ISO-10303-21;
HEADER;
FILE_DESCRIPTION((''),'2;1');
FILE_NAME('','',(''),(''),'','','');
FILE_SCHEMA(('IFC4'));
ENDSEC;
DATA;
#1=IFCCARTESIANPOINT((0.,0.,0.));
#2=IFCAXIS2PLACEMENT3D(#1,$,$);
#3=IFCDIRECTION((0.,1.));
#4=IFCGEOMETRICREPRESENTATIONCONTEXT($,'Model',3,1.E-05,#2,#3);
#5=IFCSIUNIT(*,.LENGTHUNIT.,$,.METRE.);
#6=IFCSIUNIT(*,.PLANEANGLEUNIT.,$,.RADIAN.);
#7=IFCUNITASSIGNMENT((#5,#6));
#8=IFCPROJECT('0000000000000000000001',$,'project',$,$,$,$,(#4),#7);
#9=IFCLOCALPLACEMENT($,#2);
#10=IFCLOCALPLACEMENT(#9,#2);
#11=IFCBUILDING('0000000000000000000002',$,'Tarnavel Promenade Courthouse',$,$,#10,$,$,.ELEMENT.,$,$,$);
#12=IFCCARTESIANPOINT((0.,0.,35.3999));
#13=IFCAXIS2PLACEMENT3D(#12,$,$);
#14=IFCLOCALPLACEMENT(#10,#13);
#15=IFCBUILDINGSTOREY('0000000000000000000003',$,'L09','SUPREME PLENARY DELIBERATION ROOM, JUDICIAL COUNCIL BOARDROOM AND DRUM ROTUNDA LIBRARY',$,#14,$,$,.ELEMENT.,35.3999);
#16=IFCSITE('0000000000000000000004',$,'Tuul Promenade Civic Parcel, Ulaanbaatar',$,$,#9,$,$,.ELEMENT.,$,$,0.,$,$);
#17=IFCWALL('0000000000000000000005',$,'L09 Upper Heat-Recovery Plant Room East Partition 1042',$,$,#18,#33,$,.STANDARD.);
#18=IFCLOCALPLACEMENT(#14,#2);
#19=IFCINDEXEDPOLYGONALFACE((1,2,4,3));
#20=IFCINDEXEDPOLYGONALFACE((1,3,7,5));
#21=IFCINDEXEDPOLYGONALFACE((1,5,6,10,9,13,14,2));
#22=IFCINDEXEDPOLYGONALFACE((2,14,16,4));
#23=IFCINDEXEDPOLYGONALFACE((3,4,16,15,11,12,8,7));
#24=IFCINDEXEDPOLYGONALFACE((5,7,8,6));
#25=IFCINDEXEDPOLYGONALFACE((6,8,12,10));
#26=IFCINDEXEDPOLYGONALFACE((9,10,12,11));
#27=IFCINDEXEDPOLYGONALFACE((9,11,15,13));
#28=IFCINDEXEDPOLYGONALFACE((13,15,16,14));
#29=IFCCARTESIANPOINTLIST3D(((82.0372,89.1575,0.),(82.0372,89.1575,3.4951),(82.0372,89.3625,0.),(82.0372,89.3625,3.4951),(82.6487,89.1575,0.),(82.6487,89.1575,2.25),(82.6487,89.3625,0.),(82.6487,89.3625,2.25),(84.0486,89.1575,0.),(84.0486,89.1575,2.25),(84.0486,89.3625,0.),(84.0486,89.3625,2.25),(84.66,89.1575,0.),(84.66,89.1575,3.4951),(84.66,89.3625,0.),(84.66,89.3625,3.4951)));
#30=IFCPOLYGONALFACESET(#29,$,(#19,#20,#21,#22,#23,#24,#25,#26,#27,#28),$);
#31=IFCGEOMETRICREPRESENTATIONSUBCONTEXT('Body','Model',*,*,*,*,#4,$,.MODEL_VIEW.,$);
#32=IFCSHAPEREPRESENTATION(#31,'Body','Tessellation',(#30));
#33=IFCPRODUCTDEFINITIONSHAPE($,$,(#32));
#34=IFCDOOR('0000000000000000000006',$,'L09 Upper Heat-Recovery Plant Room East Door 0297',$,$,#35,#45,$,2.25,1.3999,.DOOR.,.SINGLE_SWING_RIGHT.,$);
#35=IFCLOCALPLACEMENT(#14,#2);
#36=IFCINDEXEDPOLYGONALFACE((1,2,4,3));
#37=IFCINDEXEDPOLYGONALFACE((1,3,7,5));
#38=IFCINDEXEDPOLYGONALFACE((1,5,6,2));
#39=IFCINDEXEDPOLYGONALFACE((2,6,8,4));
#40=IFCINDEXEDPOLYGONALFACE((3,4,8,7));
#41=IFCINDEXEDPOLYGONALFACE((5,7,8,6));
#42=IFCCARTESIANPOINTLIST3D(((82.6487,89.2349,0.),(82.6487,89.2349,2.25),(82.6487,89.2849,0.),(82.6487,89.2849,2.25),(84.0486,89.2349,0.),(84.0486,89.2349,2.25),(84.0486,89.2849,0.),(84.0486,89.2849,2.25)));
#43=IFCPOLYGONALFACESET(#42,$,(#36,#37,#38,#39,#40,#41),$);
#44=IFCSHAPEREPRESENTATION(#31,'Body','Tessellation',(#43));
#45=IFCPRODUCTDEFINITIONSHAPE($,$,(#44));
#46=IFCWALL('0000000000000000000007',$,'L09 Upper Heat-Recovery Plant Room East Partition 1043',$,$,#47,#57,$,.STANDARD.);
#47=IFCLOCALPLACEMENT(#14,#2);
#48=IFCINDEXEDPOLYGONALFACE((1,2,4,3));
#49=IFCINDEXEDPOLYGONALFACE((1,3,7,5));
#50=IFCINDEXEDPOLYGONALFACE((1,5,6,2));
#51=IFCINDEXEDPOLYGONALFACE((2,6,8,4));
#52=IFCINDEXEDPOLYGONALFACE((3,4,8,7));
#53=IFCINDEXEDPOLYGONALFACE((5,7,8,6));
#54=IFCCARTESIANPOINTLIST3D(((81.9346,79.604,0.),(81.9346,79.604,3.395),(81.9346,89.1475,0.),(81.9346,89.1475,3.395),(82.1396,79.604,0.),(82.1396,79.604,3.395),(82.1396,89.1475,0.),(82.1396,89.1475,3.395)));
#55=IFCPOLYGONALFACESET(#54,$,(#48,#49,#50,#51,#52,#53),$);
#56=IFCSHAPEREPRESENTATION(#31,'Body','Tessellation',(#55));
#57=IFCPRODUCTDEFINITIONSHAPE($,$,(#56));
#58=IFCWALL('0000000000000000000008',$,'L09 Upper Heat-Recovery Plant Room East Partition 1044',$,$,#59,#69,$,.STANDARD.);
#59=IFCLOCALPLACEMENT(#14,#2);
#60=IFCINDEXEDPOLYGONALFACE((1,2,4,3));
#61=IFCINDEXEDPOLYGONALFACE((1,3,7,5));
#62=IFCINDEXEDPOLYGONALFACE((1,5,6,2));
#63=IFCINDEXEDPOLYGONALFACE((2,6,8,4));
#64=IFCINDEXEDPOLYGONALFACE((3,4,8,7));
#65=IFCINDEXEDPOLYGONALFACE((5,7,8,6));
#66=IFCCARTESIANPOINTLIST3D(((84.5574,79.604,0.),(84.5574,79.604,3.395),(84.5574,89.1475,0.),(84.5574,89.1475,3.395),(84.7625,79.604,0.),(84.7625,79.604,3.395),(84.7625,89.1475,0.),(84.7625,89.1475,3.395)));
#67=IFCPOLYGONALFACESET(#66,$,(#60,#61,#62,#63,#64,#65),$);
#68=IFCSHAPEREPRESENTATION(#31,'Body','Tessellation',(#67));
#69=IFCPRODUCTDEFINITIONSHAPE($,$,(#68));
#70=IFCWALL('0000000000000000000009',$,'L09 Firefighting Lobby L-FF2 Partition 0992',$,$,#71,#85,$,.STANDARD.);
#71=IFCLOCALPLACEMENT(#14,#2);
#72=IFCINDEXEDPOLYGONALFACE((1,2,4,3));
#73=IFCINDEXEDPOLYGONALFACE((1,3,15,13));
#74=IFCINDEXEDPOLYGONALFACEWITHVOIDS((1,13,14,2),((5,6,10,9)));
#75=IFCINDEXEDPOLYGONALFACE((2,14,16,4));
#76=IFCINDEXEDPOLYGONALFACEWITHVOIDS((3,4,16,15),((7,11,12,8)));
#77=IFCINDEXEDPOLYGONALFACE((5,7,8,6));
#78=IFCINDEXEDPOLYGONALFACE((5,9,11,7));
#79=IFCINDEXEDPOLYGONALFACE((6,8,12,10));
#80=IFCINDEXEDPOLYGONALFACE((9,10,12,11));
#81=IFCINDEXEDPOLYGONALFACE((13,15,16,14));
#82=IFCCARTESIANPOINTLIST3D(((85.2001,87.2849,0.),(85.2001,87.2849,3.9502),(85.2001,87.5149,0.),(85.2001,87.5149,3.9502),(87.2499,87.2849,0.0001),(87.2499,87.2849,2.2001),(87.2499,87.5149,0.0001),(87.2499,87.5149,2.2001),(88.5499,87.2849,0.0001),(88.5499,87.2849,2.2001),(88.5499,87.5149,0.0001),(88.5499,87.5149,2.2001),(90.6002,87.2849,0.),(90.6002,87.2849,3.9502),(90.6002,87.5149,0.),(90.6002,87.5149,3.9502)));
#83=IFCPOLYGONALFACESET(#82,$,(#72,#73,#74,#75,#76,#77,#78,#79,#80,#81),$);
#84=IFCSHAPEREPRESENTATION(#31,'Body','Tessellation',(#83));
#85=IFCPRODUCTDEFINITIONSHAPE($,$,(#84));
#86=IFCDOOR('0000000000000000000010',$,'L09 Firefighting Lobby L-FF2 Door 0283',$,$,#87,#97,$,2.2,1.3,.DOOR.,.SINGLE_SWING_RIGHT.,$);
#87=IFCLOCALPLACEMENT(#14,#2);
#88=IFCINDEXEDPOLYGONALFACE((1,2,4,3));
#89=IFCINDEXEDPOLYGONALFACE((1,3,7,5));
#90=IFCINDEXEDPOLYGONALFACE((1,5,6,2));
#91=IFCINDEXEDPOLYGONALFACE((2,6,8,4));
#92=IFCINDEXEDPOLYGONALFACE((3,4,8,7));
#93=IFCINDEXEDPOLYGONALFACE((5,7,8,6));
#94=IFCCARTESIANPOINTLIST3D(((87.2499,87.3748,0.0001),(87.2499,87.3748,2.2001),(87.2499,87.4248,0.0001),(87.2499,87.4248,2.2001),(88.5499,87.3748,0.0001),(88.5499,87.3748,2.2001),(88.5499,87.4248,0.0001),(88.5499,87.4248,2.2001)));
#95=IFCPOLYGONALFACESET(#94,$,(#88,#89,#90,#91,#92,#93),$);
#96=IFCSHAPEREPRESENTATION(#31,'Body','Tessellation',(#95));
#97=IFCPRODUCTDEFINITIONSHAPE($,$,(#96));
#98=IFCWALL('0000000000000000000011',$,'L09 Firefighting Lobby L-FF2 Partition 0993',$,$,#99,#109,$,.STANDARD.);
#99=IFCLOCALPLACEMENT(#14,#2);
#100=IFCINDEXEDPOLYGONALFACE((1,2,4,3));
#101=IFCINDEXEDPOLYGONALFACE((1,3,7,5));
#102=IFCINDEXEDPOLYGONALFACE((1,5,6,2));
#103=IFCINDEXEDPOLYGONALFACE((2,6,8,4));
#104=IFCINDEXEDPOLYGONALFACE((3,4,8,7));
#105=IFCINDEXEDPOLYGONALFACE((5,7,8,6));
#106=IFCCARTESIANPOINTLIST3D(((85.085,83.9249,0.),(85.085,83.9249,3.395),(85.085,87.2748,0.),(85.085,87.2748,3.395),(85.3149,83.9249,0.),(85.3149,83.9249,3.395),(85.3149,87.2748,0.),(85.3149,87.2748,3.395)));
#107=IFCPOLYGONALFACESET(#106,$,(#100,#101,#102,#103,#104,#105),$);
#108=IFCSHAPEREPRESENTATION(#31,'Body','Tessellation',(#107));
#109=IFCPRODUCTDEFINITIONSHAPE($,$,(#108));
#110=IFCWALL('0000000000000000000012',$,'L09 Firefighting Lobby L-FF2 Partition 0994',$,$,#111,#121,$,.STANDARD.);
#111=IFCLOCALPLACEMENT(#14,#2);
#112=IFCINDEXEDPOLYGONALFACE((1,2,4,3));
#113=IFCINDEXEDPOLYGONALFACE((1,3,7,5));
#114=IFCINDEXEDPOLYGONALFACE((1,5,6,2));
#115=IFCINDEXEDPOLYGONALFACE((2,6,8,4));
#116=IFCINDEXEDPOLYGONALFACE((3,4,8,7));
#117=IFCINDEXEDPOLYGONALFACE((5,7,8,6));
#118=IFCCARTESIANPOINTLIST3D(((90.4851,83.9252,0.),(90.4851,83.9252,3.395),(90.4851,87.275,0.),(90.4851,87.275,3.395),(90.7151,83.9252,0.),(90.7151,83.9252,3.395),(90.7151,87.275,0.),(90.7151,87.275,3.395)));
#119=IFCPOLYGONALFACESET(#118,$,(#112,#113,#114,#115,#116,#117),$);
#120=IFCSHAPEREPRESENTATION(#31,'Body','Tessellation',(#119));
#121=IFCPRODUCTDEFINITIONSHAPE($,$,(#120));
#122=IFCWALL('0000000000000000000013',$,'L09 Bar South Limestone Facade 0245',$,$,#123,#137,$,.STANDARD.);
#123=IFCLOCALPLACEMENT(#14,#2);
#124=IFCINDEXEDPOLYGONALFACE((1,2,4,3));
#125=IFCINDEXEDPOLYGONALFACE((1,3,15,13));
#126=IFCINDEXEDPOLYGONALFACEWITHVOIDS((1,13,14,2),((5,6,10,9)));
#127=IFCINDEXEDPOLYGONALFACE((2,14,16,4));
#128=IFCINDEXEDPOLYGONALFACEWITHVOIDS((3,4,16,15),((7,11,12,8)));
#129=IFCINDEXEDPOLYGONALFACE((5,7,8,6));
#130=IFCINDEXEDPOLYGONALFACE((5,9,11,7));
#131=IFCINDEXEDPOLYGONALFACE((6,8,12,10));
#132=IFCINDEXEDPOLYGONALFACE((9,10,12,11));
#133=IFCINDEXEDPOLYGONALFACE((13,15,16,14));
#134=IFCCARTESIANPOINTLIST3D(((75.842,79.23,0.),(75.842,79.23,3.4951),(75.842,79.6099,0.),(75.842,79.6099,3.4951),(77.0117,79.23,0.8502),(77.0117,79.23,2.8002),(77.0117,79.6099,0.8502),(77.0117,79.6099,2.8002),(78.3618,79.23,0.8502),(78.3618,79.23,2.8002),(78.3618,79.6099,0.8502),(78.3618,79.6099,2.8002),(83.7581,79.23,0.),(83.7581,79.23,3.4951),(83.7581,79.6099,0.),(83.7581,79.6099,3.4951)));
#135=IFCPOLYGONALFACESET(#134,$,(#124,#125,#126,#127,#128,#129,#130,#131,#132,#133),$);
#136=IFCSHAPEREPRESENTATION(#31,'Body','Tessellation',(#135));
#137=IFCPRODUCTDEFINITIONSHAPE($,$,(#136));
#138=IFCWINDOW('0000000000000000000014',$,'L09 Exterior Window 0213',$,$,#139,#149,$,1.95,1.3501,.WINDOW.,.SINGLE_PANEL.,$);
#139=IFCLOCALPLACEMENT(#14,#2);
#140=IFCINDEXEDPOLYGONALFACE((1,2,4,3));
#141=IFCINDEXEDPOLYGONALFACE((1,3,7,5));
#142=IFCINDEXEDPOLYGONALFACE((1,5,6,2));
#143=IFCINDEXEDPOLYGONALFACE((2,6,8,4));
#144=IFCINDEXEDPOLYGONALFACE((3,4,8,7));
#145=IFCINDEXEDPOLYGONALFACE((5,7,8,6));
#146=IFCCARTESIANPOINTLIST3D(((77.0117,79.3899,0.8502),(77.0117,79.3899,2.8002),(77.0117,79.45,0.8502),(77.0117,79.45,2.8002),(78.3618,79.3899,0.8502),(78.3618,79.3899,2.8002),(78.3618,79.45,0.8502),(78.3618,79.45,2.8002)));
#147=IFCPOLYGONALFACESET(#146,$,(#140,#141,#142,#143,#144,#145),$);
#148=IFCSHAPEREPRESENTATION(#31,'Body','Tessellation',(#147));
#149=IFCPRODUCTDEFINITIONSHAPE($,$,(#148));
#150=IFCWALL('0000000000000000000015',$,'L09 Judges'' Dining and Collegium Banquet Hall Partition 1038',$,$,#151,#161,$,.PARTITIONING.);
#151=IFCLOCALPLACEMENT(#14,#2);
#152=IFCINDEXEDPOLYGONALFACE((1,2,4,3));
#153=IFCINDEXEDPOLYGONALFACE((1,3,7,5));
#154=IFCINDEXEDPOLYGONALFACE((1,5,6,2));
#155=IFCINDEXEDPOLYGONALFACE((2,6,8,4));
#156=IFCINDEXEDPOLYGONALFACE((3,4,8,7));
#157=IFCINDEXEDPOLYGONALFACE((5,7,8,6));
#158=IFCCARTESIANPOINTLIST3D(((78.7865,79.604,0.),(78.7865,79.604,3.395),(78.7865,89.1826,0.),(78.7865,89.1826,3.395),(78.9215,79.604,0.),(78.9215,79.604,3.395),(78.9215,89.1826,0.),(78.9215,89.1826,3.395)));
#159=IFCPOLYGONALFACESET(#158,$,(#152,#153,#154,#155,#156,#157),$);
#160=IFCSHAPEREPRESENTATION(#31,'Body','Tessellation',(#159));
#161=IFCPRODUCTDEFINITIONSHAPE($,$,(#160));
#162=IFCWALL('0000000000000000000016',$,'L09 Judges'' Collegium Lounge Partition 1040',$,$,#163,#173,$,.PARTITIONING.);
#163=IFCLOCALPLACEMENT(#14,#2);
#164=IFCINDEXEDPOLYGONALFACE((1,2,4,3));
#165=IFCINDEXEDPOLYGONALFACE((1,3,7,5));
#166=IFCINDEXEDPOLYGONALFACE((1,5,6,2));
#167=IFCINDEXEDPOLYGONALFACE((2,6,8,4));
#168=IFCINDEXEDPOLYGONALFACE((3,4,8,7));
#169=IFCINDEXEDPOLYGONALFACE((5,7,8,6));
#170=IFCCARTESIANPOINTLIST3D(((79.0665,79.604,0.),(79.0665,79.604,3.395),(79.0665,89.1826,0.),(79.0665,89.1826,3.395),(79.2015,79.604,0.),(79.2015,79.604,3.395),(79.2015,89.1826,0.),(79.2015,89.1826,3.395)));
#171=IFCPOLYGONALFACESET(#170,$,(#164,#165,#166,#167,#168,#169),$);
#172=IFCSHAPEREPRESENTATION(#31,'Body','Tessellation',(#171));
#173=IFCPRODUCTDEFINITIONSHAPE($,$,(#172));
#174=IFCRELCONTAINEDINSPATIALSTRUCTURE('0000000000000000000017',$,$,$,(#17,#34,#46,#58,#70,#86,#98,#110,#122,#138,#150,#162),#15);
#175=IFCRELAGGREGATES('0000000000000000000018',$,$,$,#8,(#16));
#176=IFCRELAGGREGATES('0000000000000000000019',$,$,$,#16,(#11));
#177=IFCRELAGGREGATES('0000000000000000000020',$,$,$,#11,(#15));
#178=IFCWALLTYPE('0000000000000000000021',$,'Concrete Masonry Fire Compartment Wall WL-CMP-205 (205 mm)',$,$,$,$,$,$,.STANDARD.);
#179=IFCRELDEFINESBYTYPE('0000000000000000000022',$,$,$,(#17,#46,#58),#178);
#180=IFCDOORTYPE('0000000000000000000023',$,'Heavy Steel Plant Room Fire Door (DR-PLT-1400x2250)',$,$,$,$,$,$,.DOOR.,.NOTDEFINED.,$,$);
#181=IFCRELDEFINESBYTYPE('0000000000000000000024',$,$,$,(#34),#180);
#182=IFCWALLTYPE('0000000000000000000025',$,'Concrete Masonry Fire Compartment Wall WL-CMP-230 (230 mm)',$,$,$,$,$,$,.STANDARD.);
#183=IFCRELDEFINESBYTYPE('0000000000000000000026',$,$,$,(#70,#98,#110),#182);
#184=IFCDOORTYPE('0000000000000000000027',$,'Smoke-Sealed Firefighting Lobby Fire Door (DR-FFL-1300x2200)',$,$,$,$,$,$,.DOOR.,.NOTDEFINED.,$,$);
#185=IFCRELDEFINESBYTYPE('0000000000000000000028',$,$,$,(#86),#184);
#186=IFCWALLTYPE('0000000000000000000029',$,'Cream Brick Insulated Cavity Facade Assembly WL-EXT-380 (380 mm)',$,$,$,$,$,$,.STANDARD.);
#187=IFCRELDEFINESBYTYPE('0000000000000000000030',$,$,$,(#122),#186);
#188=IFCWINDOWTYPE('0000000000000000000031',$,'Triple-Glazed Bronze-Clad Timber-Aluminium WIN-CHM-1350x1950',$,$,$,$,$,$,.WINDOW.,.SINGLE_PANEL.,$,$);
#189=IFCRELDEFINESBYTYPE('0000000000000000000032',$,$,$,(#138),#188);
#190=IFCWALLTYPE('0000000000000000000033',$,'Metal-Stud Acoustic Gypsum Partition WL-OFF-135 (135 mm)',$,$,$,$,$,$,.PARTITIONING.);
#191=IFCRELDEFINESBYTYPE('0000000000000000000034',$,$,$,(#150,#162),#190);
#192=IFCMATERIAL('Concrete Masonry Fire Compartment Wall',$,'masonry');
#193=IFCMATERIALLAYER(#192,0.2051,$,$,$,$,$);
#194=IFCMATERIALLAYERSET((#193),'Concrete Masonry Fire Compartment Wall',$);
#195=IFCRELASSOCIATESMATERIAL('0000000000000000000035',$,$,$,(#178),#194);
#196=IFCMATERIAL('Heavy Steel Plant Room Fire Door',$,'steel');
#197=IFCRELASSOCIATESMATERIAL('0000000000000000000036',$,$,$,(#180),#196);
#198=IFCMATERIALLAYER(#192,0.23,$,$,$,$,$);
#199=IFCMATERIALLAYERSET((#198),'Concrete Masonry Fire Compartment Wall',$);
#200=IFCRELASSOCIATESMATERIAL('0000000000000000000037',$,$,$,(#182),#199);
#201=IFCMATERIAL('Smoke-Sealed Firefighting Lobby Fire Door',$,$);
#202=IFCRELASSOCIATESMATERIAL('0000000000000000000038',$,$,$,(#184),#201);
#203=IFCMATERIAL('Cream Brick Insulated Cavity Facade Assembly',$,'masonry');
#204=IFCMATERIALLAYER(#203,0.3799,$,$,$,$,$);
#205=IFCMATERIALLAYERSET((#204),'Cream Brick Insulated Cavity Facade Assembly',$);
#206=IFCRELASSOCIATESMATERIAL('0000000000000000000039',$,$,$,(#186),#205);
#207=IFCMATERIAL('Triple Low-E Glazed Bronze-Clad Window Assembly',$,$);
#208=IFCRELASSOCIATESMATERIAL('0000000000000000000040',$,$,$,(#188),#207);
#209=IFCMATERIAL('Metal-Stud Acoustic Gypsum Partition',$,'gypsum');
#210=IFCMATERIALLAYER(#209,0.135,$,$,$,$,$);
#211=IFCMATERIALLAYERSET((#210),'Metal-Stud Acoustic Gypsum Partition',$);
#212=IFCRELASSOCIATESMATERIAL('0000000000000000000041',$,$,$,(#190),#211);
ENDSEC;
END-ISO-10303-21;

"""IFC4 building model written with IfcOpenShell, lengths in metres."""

from ifc_helpers import new_model, si_unit, direction, frame, frame_2d, origin, place, context, subcontext, project, spatial, rectangle, extrude, material, layer, layer_set, type_object, element, fill, save


model = new_model("IFC4")

# Units and contexts
model_context = context("Model", 3, precision=1e-05, world=origin(), true_north=direction((0.0, 1.0)))
body_context = subcontext(model_context, "Body", "Model", "MODEL_VIEW")
ifc_project = project(units=[si_unit("LENGTHUNIT", "METRE"), si_unit("PLANEANGLEUNIT", "RADIAN")], contexts=[model_context])

# Site, building, storey
site_placement = place(None, origin())
site = spatial("IfcSite", under=ifc_project, at=site_placement, Name="Tuul Promenade Civic Parcel, Ulaanbaatar", CompositionType="ELEMENT", RefElevation=0.0)
building_placement = place(site_placement, origin())
building = spatial("IfcBuilding", under=site, at=building_placement, Name="Tarnavel Promenade Courthouse", CompositionType="ELEMENT")
storey_placement = place(building_placement, frame((0.0, 0.0, 35.3999)))
storey = spatial("IfcBuildingStorey", under=building, at=storey_placement, Name="L09", Description="SUPREME PLENARY DELIBERATION ROOM, JUDICIAL COUNCIL BOARDROOM AND DRUM ROTUNDA LIBRARY", CompositionType="ELEMENT", Elevation=35.3999)

# Wall, opening, door
ifc_material_1 = material(Name="Concrete Masonry Fire Compartment Wall", Category="masonry")
ifc_layer_1 = layer(ifc_material_1, 0.2051)
ifc_layer_set_1 = layer_set([ifc_layer_1], Name="Concrete Masonry Fire Compartment Wall")
wall_type_1 = type_object("IfcWallType", Name="Concrete Masonry Fire Compartment Wall WL-CMP-205 (205 mm)", PredefinedType="STANDARD", material=ifc_layer_set_1)
wall_1_placement = place(storey_placement, frame((82.0371, 89.26, 0.0), z_axis=(0.0, 0.0, 1.0), x_axis=(1.0, 0.0, 0.0)))
wall_1 = element("IfcWall", 1, at=wall_1_placement, inside=storey, type_object=wall_type_1, Name="L09 Upper Heat-Recovery Plant Room East Partition 1042", PredefinedType="STANDARD", context=body_context, shape_type="SweptSolid", body=[
    extrude(rectangle(XDim=2.6228, YDim=0.2051, at=frame_2d((1.3115, 0.0))), origin(), (0.0, 0.0, 1.0), 3.4951),
])
opening_1_placement = place(wall_1_placement, frame((0.6116, 0.0, 0.0)))
opening_1 = element("IfcOpeningElement", 2, at=opening_1_placement, cuts=wall_1, PredefinedType="OPENING", context=body_context, shape_type="SweptSolid", body=[
    extrude(rectangle(XDim=1.3999, YDim=2.25, at=frame_2d((0.7, 1.125))), frame((0.0, 0.1125, 0.0), z_axis=(0.0, -1.0, 0.0), x_axis=(1.0, 0.0, 0.0)), (0.0, 0.0, 1.0), 0.2251),
])
ifc_material_2 = material(Name="Heavy Steel Plant Room Fire Door", Category="steel")
door_type_1 = type_object("IfcDoorType", Name="Heavy Steel Plant Room Fire Door (DR-PLT-1400x2250)", OperationType="NOTDEFINED", PredefinedType="DOOR", material=ifc_material_2)
door_1_placement = place(opening_1_placement, origin())
door_1 = element("IfcDoor", 3, at=door_1_placement, inside=storey, type_object=door_type_1, Name="L09 Upper Heat-Recovery Plant Room East Door 0297", OperationType="SINGLE_SWING_RIGHT", OverallHeight=2.25, OverallWidth=1.3999, PredefinedType="DOOR", context=body_context, shape_type="SweptSolid", body=[
    extrude(rectangle(XDim=1.3999, YDim=2.25, at=frame_2d((0.7, 1.125))), frame((0.0, 0.0249, 0.0), z_axis=(0.0, -1.0, 0.0), x_axis=(1.0, 0.0, 0.0)), (0.0, 0.0, 1.0), 0.05),
])
fill(opening_1, door_1)

# Walls
for number, where, z_axis, x_axis, name in (
    (4, (82.0371, 79.604, 0.0), (0.0, 0.0, 1.0), (0.0, 1.0, 0.0), "L09 Upper Heat-Recovery Plant Room East Partition 1043"),
    (5, (84.6599, 89.1475, 0.0), (0.0, 0.0, 1.0), (0.0, -1.0, 0.0), "L09 Upper Heat-Recovery Plant Room East Partition 1044"),
):
    element("IfcWall", number, at=place(storey_placement, frame(where, z_axis=z_axis, x_axis=x_axis)), inside=storey, type_object=wall_type_1, Name=name, PredefinedType="STANDARD", context=body_context, shape_type="SweptSolid", body=[
        extrude(rectangle(XDim=9.5435, YDim=0.2051, at=frame_2d((4.7717, 0.0))), origin(), (0.0, 0.0, 1.0), 3.395),
    ])

# Wall, opening, door
ifc_layer_2 = layer(ifc_material_1, 0.23)
ifc_layer_set_2 = layer_set([ifc_layer_2], Name="Concrete Masonry Fire Compartment Wall")
wall_type_2 = type_object("IfcWallType", Name="Concrete Masonry Fire Compartment Wall WL-CMP-230 (230 mm)", PredefinedType="STANDARD", material=ifc_layer_set_2)
wall_2_placement = place(storey_placement, frame((85.2, 87.3999, 0.0), z_axis=(0.0, 0.0, 1.0), x_axis=(1.0, 0.0, 0.0)))
wall_2 = element("IfcWall", 6, at=wall_2_placement, inside=storey, type_object=wall_type_2, Name="L09 Firefighting Lobby L-FF2 Partition 0992", PredefinedType="STANDARD", context=body_context, shape_type="SweptSolid", body=[
    extrude(rectangle(XDim=5.4001, YDim=0.23, at=frame_2d((2.7002, 0.0))), origin(), (0.0, 0.0, 1.0), 3.9502),
])
opening_2_placement = place(wall_2_placement, frame((2.05, 0.0, 0.0)))
opening_2 = element("IfcOpeningElement", 7, at=opening_2_placement, cuts=wall_2, PredefinedType="OPENING", context=body_context, shape_type="SweptSolid", body=[
    extrude(rectangle(XDim=1.3, YDim=2.2, at=frame_2d((0.6499, 1.1001))), frame((0.0, 0.125, 0.0), z_axis=(0.0, -1.0, 0.0), x_axis=(1.0, 0.0, 0.0)), (0.0, 0.0, 1.0), 0.25),
])
ifc_material_3 = material(Name="Smoke-Sealed Firefighting Lobby Fire Door")
door_type_2 = type_object("IfcDoorType", Name="Smoke-Sealed Firefighting Lobby Fire Door (DR-FFL-1300x2200)", OperationType="NOTDEFINED", PredefinedType="DOOR", material=ifc_material_3)
door_2_placement = place(opening_2_placement, origin())
door_2 = element("IfcDoor", 8, at=door_2_placement, inside=storey, type_object=door_type_2, Name="L09 Firefighting Lobby L-FF2 Door 0283", OperationType="SINGLE_SWING_RIGHT", OverallHeight=2.2, OverallWidth=1.3, PredefinedType="DOOR", context=body_context, shape_type="SweptSolid", body=[
    extrude(rectangle(XDim=1.3, YDim=2.2, at=frame_2d((0.6499, 1.1001))), frame((0.0, 0.0249, 0.0), z_axis=(0.0, -1.0, 0.0), x_axis=(1.0, 0.0, 0.0)), (0.0, 0.0, 1.0), 0.05),
])
fill(opening_2, door_2)

# Walls
for number, where, z_axis, x_axis, name in (
    (9, (85.2, 83.925, 0.0), (0.0, 0.0, 1.0), (0.0, 1.0, 0.0), "L09 Firefighting Lobby L-FF2 Partition 0993"),
    (10, (90.6001, 87.2749, 0.0), (0.0, 0.0, 1.0), (0.0, -1.0, 0.0), "L09 Firefighting Lobby L-FF2 Partition 0994"),
):
    element("IfcWall", number, at=place(storey_placement, frame(where, z_axis=z_axis, x_axis=x_axis)), inside=storey, type_object=wall_type_2, Name=name, PredefinedType="STANDARD", context=body_context, shape_type="SweptSolid", body=[
        extrude(rectangle(XDim=3.3499, YDim=0.23, at=frame_2d((1.6748, 0.0))), origin(), (0.0, 0.0, 1.0), 3.395),
    ])

# Wall, opening, window
ifc_material_4 = material(Name="Cream Brick Insulated Cavity Facade Assembly", Category="masonry")
ifc_layer_3 = layer(ifc_material_4, 0.3799)
ifc_layer_set_3 = layer_set([ifc_layer_3], Name="Cream Brick Insulated Cavity Facade Assembly")
wall_type_3 = type_object("IfcWallType", Name="Cream Brick Insulated Cavity Facade Assembly WL-EXT-380 (380 mm)", PredefinedType="STANDARD", material=ifc_layer_set_3)
wall_3_placement = place(storey_placement, frame((83.7581, 79.4199, 0.0), z_axis=(0.0, 0.0, 1.0), x_axis=(-1.0, 0.0, 0.0)))
wall_3 = element("IfcWall", 11, at=wall_3_placement, inside=storey, type_object=wall_type_3, Name="L09 Bar South Limestone Facade 0245", PredefinedType="STANDARD", context=body_context, shape_type="SweptSolid", body=[
    extrude(rectangle(XDim=7.916, YDim=0.3799, at=frame_2d((3.958, 0.0))), origin(), (0.0, 0.0, 1.0), 3.4951),
])
opening_3_placement = place(wall_3_placement, frame((5.3962, 0.0, 0.8501)))
opening_3 = element("IfcOpeningElement", 12, at=opening_3_placement, cuts=wall_3, PredefinedType="OPENING", context=body_context, shape_type="SweptSolid", body=[
    extrude(rectangle(XDim=1.3501, YDim=1.95, at=frame_2d((0.675, 0.9751))), frame((0.0, 0.2, 0.0), z_axis=(0.0, -1.0, 0.0), x_axis=(1.0, 0.0, 0.0)), (0.0, 0.0, 1.0), 0.3999),
])
ifc_material_5 = material(Name="Triple Low-E Glazed Bronze-Clad Window Assembly")
window_type = type_object("IfcWindowType", Name="Triple-Glazed Bronze-Clad Timber-Aluminium WIN-CHM-1350x1950", PartitioningType="SINGLE_PANEL", PredefinedType="WINDOW", material=ifc_material_5)
window_placement = place(opening_3_placement, origin())
window = element("IfcWindow", 13, at=window_placement, inside=storey, type_object=window_type, Name="L09 Exterior Window 0213", OverallHeight=1.95, OverallWidth=1.3501, PartitioningType="SINGLE_PANEL", PredefinedType="WINDOW", context=body_context, shape_type="SweptSolid", body=[
    extrude(rectangle(XDim=1.3501, YDim=1.95, at=frame_2d((0.675, 0.9751))), frame((0.0, 0.03, 0.0), z_axis=(0.0, -1.0, 0.0), x_axis=(1.0, 0.0, 0.0)), (0.0, 0.0, 1.0), 0.0601),
])
fill(opening_3, window)

# Wall
ifc_material_6 = material(Name="Metal-Stud Acoustic Gypsum Partition", Category="gypsum")
ifc_layer_4 = layer(ifc_material_6, 0.135)
ifc_layer_set_4 = layer_set([ifc_layer_4], Name="Metal-Stud Acoustic Gypsum Partition")
wall_type_4 = type_object("IfcWallType", Name="Metal-Stud Acoustic Gypsum Partition WL-OFF-135 (135 mm)", PredefinedType="PARTITIONING", material=ifc_layer_set_4)
wall_4_placement = place(storey_placement, frame((78.854, 89.1826, 0.0), z_axis=(0.0, 0.0, 1.0), x_axis=(0.0, -1.0, 0.0)))
element("IfcWall", 14, at=wall_4_placement, inside=storey, type_object=wall_type_4, Name="L09 Judges' Dining and Collegium Banquet Hall Partition 1038", PredefinedType="PARTITIONING", context=body_context, shape_type="SweptSolid", body=[
    extrude(rectangle(XDim=9.5786, YDim=0.135, at=frame_2d((4.7893, 0.0))), origin(), (0.0, 0.0, 1.0), 3.395),
])

# Wall
for number, where, z_axis, x_axis, name in (
    (15, (79.134, 79.604, 0.0), (0.0, 0.0, 1.0), (0.0, 1.0, 0.0), "L09 Judges' Collegium Lounge Partition 1040"),
):
    element("IfcWall", number, at=place(storey_placement, frame(where, z_axis=z_axis, x_axis=x_axis)), inside=storey, type_object=wall_type_4, Name=name, PredefinedType="PARTITIONING", context=body_context, shape_type="SweptSolid", body=[
        extrude(rectangle(XDim=9.5786, YDim=0.135, at=frame_2d((4.7893, 0.0))), origin(), (0.0, 0.0, 1.0), 3.395),
    ])

save(model, "model.ifc")
